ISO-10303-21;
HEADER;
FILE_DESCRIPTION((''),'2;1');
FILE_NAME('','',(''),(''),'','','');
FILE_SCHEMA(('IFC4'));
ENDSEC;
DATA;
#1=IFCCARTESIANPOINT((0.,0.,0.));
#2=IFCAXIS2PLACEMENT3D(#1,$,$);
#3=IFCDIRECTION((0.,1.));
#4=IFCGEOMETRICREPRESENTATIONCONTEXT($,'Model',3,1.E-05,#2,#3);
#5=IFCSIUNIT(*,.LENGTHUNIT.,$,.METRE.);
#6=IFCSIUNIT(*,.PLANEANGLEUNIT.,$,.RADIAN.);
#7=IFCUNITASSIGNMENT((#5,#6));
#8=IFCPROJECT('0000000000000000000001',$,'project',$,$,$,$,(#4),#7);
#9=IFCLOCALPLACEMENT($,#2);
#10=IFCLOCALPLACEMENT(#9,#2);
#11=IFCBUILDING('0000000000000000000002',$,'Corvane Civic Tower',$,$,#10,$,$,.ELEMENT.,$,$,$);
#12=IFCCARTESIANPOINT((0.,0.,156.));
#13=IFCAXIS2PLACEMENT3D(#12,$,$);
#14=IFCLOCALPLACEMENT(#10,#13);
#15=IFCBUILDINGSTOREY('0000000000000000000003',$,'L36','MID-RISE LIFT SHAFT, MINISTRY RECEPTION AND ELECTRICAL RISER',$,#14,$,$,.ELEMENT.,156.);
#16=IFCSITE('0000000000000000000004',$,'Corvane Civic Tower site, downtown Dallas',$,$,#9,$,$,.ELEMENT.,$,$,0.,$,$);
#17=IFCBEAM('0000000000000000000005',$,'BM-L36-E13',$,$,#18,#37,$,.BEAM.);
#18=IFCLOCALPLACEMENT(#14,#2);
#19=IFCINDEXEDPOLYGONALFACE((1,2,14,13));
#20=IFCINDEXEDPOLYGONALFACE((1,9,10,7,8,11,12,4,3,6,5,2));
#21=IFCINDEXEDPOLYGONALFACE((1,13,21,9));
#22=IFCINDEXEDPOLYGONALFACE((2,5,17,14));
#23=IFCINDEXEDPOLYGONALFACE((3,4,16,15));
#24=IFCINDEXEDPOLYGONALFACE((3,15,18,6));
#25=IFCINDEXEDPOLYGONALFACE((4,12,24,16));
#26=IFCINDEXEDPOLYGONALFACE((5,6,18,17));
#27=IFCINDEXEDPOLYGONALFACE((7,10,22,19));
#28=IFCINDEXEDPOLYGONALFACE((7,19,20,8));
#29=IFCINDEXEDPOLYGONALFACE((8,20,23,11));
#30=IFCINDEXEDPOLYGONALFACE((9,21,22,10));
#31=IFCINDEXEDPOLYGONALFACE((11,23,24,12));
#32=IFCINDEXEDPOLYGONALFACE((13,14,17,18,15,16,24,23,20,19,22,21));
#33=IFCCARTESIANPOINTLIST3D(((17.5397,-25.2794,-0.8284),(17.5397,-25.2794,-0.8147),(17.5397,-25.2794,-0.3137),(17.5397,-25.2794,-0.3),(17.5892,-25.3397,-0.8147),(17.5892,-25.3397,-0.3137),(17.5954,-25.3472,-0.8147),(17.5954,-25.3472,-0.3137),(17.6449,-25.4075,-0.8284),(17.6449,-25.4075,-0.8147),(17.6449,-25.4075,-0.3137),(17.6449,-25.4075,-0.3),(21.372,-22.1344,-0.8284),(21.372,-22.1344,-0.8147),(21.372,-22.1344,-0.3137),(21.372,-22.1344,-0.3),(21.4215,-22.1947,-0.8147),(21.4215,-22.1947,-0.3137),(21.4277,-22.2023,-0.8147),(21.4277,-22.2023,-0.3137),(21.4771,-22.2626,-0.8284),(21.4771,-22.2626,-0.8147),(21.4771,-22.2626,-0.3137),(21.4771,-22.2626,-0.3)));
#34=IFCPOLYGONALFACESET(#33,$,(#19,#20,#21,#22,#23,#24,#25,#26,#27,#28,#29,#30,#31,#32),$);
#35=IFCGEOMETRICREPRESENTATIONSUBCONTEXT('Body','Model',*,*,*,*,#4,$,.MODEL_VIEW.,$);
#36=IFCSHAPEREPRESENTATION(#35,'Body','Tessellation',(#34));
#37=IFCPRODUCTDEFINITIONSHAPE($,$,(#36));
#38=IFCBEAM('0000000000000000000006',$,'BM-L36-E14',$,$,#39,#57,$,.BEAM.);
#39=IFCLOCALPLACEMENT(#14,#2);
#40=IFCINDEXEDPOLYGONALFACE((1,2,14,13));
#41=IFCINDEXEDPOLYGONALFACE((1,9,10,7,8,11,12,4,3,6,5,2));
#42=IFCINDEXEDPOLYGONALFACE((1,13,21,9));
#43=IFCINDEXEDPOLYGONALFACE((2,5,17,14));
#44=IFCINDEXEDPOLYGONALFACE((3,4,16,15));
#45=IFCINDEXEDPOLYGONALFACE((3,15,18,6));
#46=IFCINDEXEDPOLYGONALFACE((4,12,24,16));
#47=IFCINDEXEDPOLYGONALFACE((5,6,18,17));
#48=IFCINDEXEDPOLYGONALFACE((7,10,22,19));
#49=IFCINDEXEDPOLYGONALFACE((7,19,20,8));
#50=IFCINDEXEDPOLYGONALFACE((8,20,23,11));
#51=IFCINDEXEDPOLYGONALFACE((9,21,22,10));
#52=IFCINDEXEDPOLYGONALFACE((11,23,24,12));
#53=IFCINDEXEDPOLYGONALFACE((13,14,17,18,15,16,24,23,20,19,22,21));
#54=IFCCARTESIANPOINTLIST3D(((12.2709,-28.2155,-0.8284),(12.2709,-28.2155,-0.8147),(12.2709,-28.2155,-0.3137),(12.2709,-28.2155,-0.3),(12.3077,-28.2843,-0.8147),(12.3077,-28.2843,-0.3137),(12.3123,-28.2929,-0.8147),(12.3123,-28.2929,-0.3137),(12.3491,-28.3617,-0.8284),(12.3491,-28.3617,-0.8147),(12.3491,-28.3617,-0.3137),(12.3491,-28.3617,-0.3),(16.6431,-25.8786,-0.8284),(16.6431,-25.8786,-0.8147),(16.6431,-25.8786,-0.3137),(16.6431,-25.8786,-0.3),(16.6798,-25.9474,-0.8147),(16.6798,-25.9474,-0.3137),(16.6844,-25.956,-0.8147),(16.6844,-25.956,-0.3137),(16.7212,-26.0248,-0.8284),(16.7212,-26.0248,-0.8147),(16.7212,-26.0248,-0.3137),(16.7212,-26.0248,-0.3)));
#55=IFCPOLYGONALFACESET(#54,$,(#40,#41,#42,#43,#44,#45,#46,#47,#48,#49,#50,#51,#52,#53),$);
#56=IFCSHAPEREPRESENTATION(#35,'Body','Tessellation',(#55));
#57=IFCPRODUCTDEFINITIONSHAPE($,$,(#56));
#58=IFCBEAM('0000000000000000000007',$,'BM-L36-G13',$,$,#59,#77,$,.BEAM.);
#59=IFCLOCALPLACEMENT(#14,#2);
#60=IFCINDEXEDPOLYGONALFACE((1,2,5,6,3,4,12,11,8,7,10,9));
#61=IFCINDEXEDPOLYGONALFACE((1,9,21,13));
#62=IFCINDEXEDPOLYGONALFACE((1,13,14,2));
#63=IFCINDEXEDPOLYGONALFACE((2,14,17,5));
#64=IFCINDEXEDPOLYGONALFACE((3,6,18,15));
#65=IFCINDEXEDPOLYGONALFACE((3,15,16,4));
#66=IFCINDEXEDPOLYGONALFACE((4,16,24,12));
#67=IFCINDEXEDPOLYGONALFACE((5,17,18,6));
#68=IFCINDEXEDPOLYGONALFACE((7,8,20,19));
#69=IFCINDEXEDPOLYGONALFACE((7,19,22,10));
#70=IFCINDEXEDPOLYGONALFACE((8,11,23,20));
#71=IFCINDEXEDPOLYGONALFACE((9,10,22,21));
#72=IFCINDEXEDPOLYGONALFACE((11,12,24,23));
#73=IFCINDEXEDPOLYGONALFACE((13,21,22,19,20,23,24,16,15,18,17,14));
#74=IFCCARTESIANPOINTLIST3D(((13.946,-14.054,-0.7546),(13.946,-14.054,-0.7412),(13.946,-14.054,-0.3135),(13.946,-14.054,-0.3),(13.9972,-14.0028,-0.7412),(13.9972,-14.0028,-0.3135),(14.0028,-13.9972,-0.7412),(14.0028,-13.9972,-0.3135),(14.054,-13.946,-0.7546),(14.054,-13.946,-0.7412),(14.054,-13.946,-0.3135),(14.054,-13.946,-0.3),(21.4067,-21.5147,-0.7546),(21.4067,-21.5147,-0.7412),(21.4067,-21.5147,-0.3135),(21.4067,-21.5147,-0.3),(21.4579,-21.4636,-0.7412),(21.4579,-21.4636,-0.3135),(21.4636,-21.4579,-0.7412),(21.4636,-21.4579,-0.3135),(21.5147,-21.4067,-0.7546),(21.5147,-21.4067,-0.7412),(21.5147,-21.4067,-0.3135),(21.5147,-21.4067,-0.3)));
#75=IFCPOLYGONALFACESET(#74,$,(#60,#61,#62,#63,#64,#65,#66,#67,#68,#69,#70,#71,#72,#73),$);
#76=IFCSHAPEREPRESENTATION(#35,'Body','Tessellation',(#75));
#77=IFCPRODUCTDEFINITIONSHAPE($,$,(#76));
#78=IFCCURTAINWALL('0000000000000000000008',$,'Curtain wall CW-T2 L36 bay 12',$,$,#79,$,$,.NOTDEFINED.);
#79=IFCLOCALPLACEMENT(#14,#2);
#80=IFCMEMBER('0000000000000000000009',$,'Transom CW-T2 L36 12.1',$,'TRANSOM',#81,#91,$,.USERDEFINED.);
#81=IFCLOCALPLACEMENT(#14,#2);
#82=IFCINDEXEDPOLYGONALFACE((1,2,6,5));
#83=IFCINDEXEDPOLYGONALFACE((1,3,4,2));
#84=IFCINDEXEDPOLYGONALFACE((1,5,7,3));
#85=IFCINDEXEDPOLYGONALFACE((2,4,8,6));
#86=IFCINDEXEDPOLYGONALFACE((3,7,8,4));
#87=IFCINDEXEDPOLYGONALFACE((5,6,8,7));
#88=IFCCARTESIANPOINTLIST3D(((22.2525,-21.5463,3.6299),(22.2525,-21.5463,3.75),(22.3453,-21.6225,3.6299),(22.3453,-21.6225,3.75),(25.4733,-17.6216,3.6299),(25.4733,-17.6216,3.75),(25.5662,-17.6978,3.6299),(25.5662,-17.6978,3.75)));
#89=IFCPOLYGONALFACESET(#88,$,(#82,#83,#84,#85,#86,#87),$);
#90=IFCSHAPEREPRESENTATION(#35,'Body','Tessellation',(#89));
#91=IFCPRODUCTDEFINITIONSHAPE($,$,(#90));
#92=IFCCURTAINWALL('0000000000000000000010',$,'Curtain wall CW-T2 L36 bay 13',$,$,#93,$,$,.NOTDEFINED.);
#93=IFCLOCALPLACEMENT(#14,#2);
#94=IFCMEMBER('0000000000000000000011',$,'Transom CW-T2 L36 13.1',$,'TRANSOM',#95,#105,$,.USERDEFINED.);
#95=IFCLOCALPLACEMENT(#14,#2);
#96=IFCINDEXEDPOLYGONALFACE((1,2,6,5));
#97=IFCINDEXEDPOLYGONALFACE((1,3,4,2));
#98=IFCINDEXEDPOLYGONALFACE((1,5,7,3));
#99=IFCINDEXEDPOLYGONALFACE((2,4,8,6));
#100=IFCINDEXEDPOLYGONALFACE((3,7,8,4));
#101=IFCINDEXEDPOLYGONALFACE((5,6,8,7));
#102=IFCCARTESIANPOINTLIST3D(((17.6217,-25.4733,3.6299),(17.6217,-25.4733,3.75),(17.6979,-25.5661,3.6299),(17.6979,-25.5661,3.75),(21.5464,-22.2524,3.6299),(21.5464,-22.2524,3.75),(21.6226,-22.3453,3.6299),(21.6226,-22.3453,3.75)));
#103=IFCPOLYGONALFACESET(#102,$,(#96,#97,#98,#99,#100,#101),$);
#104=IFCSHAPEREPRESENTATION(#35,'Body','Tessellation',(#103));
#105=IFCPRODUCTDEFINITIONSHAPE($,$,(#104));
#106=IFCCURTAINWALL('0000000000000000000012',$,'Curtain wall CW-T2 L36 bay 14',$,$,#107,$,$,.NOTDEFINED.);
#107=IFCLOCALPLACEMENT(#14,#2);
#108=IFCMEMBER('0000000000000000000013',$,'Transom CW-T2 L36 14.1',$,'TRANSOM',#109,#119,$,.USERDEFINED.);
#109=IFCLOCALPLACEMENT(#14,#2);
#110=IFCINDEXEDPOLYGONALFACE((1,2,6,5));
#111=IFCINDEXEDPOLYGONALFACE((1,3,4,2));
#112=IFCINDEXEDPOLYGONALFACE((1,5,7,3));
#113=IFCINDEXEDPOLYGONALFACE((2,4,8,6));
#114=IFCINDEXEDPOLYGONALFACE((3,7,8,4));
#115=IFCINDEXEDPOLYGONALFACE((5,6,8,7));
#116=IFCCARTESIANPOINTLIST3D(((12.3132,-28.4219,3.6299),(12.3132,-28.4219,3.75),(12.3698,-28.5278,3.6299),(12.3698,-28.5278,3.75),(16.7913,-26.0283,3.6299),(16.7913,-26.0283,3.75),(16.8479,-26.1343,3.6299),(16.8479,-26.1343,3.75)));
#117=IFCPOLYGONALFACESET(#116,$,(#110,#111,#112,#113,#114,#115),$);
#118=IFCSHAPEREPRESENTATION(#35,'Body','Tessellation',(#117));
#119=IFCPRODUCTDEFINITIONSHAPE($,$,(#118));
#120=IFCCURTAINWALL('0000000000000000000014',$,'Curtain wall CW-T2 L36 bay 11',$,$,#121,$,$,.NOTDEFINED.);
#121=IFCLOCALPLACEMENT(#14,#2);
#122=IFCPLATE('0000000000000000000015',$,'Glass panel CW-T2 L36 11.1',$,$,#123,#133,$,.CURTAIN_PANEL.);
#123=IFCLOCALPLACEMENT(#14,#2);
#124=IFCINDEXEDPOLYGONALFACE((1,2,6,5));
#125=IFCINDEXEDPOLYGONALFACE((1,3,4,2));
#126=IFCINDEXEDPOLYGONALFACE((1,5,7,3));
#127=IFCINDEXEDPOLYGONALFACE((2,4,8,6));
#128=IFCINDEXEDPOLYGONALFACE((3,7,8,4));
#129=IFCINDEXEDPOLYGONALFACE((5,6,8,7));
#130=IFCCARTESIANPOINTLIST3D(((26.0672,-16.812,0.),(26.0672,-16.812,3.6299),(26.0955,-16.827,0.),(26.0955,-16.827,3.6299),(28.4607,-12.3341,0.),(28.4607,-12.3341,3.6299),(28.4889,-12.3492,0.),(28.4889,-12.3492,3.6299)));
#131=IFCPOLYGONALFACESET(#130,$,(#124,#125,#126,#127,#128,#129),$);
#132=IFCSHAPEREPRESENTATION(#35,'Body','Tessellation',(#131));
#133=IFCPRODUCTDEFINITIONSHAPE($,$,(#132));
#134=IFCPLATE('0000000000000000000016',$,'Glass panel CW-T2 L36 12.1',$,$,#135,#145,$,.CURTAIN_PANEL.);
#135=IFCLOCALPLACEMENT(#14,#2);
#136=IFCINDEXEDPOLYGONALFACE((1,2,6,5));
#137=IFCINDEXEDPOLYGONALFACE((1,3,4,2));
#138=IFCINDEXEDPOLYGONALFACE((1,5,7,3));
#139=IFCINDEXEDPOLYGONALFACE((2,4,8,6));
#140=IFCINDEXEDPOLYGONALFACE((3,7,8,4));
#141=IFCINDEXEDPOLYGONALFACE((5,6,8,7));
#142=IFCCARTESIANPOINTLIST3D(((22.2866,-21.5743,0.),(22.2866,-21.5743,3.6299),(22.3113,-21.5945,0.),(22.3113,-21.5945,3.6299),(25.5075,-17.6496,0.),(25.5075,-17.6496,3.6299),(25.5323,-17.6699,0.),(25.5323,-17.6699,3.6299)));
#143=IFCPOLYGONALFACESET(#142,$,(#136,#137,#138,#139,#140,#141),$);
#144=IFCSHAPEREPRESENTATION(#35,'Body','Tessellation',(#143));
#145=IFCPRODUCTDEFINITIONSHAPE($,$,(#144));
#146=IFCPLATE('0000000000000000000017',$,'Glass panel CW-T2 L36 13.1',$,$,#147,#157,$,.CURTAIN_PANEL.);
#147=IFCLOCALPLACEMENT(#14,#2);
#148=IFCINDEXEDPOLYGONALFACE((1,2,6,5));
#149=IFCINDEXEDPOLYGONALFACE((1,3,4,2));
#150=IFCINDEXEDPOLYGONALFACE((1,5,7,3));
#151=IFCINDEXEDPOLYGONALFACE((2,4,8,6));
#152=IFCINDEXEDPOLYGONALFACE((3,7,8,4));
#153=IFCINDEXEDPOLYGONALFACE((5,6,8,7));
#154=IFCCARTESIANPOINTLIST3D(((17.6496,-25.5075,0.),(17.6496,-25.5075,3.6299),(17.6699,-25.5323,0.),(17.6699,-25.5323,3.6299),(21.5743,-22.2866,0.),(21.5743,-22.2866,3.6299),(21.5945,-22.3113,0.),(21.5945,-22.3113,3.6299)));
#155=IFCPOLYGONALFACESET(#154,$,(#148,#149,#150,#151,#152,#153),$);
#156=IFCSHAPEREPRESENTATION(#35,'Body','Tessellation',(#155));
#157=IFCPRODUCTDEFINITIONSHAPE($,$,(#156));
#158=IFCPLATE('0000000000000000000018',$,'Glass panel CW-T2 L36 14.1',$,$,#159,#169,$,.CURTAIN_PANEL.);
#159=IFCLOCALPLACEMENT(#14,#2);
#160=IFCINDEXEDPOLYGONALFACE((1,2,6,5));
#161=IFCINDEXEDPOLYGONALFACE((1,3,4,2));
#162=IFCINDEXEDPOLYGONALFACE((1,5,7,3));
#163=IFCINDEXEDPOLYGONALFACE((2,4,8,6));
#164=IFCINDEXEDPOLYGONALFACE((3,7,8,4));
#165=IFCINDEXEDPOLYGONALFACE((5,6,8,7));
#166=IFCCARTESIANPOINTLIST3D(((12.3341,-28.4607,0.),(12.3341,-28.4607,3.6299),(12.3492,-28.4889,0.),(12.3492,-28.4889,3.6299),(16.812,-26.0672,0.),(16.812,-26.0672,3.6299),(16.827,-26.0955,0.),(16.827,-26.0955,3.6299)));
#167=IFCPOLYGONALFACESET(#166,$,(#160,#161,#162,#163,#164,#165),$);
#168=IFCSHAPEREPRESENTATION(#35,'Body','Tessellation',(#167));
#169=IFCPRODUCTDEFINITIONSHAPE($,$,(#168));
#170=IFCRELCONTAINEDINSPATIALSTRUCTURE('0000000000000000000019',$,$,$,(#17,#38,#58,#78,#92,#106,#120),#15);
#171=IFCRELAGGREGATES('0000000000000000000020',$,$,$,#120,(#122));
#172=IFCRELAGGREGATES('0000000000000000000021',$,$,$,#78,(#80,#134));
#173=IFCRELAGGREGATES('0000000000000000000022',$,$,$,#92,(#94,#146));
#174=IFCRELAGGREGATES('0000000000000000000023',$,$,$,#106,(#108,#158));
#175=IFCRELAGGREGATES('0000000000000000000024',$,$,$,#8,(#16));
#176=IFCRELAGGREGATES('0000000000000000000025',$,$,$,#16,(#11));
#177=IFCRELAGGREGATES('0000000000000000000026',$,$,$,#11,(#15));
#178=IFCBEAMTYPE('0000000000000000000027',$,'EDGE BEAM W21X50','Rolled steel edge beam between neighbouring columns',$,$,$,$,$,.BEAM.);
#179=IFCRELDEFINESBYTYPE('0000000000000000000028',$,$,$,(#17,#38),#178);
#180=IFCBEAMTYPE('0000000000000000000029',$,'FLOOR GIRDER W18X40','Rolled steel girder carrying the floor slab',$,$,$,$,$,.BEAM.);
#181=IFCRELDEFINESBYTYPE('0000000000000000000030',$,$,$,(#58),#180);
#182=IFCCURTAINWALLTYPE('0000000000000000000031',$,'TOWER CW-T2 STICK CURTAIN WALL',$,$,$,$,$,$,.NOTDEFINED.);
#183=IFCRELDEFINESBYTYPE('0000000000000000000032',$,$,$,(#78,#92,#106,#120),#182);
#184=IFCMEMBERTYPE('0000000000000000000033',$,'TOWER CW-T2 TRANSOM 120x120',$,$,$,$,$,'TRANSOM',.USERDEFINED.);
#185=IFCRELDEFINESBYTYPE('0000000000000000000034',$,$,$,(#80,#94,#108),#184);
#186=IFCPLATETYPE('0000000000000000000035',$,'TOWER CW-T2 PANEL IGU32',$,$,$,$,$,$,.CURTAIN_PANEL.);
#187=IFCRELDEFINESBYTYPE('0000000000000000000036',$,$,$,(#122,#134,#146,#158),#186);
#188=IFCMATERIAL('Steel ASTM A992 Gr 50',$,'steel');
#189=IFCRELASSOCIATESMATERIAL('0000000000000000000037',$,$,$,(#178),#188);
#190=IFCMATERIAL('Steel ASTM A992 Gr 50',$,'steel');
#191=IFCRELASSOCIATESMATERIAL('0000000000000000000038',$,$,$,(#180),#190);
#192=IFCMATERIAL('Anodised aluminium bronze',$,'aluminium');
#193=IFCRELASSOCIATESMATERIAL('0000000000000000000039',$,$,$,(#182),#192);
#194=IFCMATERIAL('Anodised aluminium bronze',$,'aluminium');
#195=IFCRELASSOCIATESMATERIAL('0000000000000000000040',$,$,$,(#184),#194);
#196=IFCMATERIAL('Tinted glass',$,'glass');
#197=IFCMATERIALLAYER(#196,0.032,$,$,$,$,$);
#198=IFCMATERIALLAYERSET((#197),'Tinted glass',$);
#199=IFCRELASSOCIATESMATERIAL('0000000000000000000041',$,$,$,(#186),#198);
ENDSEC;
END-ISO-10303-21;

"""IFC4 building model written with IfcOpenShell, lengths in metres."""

from ifc_helpers import new_model, si_unit, direction, frame, origin, origin_2d, place, context, subcontext, project, spatial, rectangle, i_section, extrude, material, layer, layer_set, material_profile, profile_set, type_object, element, aggregate, save


model = new_model("IFC4")

# Units and contexts
model_context = context("Model", 3, precision=1e-05, world=origin(), true_north=direction((0.0, 1.0)))
body_context = subcontext(model_context, "Body", "Model", "MODEL_VIEW")
ifc_project = project(units=[si_unit("LENGTHUNIT", "METRE"), si_unit("PLANEANGLEUNIT", "RADIAN")], contexts=[model_context])

# Site, building, storey
site_placement = place(None, origin())
site = spatial("IfcSite", under=ifc_project, at=site_placement, Name="Corvane Civic Tower site, downtown Dallas", CompositionType="ELEMENT", RefElevation=0.0)
building_placement = place(site_placement, origin())
building = spatial("IfcBuilding", under=site, at=building_placement, Name="Corvane Civic Tower", CompositionType="ELEMENT")
storey_placement = place(building_placement, frame((0.0, 0.0, 156.0)))
storey = spatial("IfcBuildingStorey", under=building, at=storey_placement, Name="L36", Description="MID-RISE LIFT SHAFT, MINISTRY RECEPTION AND ELECTRICAL RISER", CompositionType="ELEMENT", Elevation=156.0)

# Beams
ifc_material_1 = material(Name="Steel ASTM A992 Gr 50", Category="steel")
ifc_material_profile_1 = material_profile(ifc_material_1, i_section(OverallWidth=0.1658, OverallDepth=0.5283, WebThickness=0.0098, FlangeThickness=0.0137, at=origin_2d()), Name="W21X50")
ifc_profile_set_1 = profile_set([ifc_material_profile_1], Name="Steel ASTM A992 Gr 50")
beam_type_1 = type_object("IfcBeamType", Name="EDGE BEAM W21X50", Description="Rolled steel edge beam between neighbouring columns", PredefinedType="BEAM", material=ifc_profile_set_1)
for number, where, z_axis, x_axis, name in (
    (1, (21.4246, -22.1985, -0.5642), (-0.773015, -0.634388, 0.0), (0.634388, -0.773015, 0.0), "BM-L36-E13"),
    (2, (16.6821, -25.9517, -0.5642), (-0.881922, -0.471396, 0.0), (0.471396, -0.881922, 0.0), "BM-L36-E14"),
):
    element("IfcBeam", number, at=place(storey_placement, frame(where, z_axis=z_axis, x_axis=x_axis)), inside=storey, type_object=beam_type_1, Name=name, PredefinedType="BEAM", context=body_context, shape_type="SweptSolid", body=[
        extrude(i_section(OverallWidth=0.1658, OverallDepth=0.5283, WebThickness=0.0098, FlangeThickness=0.0137, at=origin_2d()), origin(), (0.0, 0.0, 1.0), 4.9575),
    ])
ifc_material_2 = material(Name="Steel ASTM A992 Gr 50", Category="steel")
ifc_material_profile_2 = material_profile(ifc_material_2, i_section(OverallWidth=0.1528, OverallDepth=0.4546, WebThickness=0.0081, FlangeThickness=0.0134, at=origin_2d()), Name="W18X40")
ifc_profile_set_2 = profile_set([ifc_material_profile_2], Name="Steel ASTM A992 Gr 50")
beam_type_2 = type_object("IfcBeamType", Name="FLOOR GIRDER W18X40", Description="Rolled steel girder carrying the floor slab", PredefinedType="BEAM", material=ifc_profile_set_2)
beam_placement = place(storey_placement, frame((14.0, -14.0, -0.5273), z_axis=(0.707107, -0.707107, 0.0), x_axis=(0.707107, 0.707107, 0.0)))
element("IfcBeam", 3, at=beam_placement, inside=storey, type_object=beam_type_2, Name="BM-L36-G13", PredefinedType="BEAM", context=body_context, shape_type="SweptSolid", body=[
    extrude(i_section(OverallWidth=0.1528, OverallDepth=0.4546, WebThickness=0.0081, FlangeThickness=0.0134, at=origin_2d()), origin(), (0.0, 0.0, 1.0), 10.551),
])

# Curtain walls, members
ifc_material_3 = material(Name="Anodised aluminium bronze", Category="aluminium")
curtain_wall_type = type_object("IfcCurtainWallType", Name="TOWER CW-T2 STICK CURTAIN WALL", PredefinedType="NOTDEFINED", material=ifc_material_3)
curtain_wall_1_placement = place(storey_placement, origin())
curtain_wall_1 = element("IfcCurtainWall", 4, at=curtain_wall_1_placement, inside=storey, type_object=curtain_wall_type, Name="Curtain wall CW-T2 L36 bay 12", PredefinedType="NOTDEFINED")
ifc_material_4 = material(Name="Anodised aluminium bronze", Category="aluminium")
ifc_material_profile_3 = material_profile(ifc_material_4, rectangle(XDim=0.1201, YDim=0.1201, at=origin_2d()), Name="TOWER CW-T2 TRANSOM 120x120")
ifc_profile_set_3 = profile_set([ifc_material_profile_3], Name="Anodised aluminium bronze")
member_type = type_object("IfcMemberType", Name="TOWER CW-T2 TRANSOM 120x120", ElementType="TRANSOM", PredefinedType="USERDEFINED", material=ifc_profile_set_3)
member_1_placement = place(storey_placement, frame((25.5198, -17.6597, 3.6899), z_axis=(-0.634387, -0.773016, 0.0), x_axis=(0.773016, -0.634387, 0.0)))
member_1 = element("IfcMember", 5, at=member_1_placement, type_object=member_type, Name="Transom CW-T2 L36 12.1", ObjectType="TRANSOM", PredefinedType="USERDEFINED", context=body_context, shape_type="SweptSolid", body=[
    extrude(rectangle(XDim=0.1201, YDim=0.1201, at=origin_2d()), origin(), (0.0, 0.0, 1.0), 5.0771),
])
curtain_wall_2_placement = place(storey_placement, origin())
curtain_wall_2 = element("IfcCurtainWall", 6, at=curtain_wall_2_placement, inside=storey, type_object=curtain_wall_type, Name="Curtain wall CW-T2 L36 bay 13", PredefinedType="NOTDEFINED")
member_2_placement = place(storey_placement, frame((21.5845, -22.2988, 3.6899), z_axis=(-0.773016, -0.634387, 0.0), x_axis=(0.634387, -0.773016, 0.0)))
member_2 = element("IfcMember", 7, at=member_2_placement, type_object=member_type, Name="Transom CW-T2 L36 13.1", ObjectType="TRANSOM", PredefinedType="USERDEFINED", context=body_context, shape_type="SweptSolid", body=[
    extrude(rectangle(XDim=0.1201, YDim=0.1201, at=origin_2d()), origin(), (0.0, 0.0, 1.0), 5.0771),
])
curtain_wall_3_placement = place(storey_placement, origin())
curtain_wall_3 = element("IfcCurtainWall", 8, at=curtain_wall_3_placement, inside=storey, type_object=curtain_wall_type, Name="Curtain wall CW-T2 L36 bay 14", PredefinedType="NOTDEFINED")
member_3_placement = place(storey_placement, frame((16.8196, -26.0813, 3.6899), z_axis=(-0.881921, -0.471397, 0.0), x_axis=(0.471397, -0.881921, 0.0)))
member_3 = element("IfcMember", 9, at=member_3_placement, type_object=member_type, Name="Transom CW-T2 L36 14.1", ObjectType="TRANSOM", PredefinedType="USERDEFINED", context=body_context, shape_type="SweptSolid", body=[
    extrude(rectangle(XDim=0.1201, YDim=0.1201, at=origin_2d()), origin(), (0.0, 0.0, 1.0), 5.0776),
])

# Curtain wall, plate
curtain_wall_4_placement = place(storey_placement, origin())
curtain_wall_4 = element("IfcCurtainWall", 10, at=curtain_wall_4_placement, inside=storey, type_object=curtain_wall_type, Name="Curtain wall CW-T2 L36 bay 11", PredefinedType="NOTDEFINED")
ifc_material_5 = material(Name="Tinted glass", Category="glass")
ifc_layer_1 = layer(ifc_material_5, 0.032)
ifc_layer_set_1 = layer_set([ifc_layer_1], Name="Tinted glass")
plate_type = type_object("IfcPlateType", Name="TOWER CW-T2 PANEL IGU32", PredefinedType="CURTAIN_PANEL", material=ifc_layer_set_1)
plate_1_placement = place(storey_placement, frame((27.2781, -14.5806, 0.0), z_axis=(0.0, 0.0, 1.0), x_axis=(-0.471395, -0.881922, 0.0)))
plate_1 = element("IfcPlate", 11, at=plate_1_placement, type_object=plate_type, Name="Glass panel CW-T2 L36 11.1", PredefinedType="CURTAIN_PANEL", context=body_context, shape_type="SweptSolid", body=[
    extrude(rectangle(XDim=5.0774, YDim=0.032, at=origin_2d()), origin(), (0.0, 0.0, 1.0), 3.6299),
])
aggregate(curtain_wall_4, [plate_1])

# Plates
plate_2_placement = place(storey_placement, frame((23.9094, -19.6221, 0.0), z_axis=(0.0, 0.0, 1.0), x_axis=(-0.6344, -0.773005, 0.0)))
plate_2 = element("IfcPlate", 12, at=plate_2_placement, type_object=plate_type, Name="Glass panel CW-T2 L36 12.1", PredefinedType="CURTAIN_PANEL", context=body_context, shape_type="SweptSolid", body=[
    extrude(rectangle(XDim=5.0771, YDim=0.032, at=origin_2d()), origin(), (0.0, 0.0, 1.0), 3.6299),
])
aggregate(curtain_wall_1, [member_1, plate_2])
plate_3_placement = place(storey_placement, frame((19.6221, -23.9094, 0.0), z_axis=(0.0, 0.0, 1.0), x_axis=(-0.773005, -0.6344, 0.0)))
plate_3 = element("IfcPlate", 13, at=plate_3_placement, type_object=plate_type, Name="Glass panel CW-T2 L36 13.1", PredefinedType="CURTAIN_PANEL", context=body_context, shape_type="SweptSolid", body=[
    extrude(rectangle(XDim=5.0771, YDim=0.032, at=origin_2d()), origin(), (0.0, 0.0, 1.0), 3.6299),
])
aggregate(curtain_wall_2, [member_2, plate_3])
plate_4_placement = place(storey_placement, frame((14.5806, -27.2781, 0.0), z_axis=(0.0, 0.0, 1.0), x_axis=(-0.881922, -0.471395, 0.0)))
plate_4 = element("IfcPlate", 14, at=plate_4_placement, type_object=plate_type, Name="Glass panel CW-T2 L36 14.1", PredefinedType="CURTAIN_PANEL", context=body_context, shape_type="SweptSolid", body=[
    extrude(rectangle(XDim=5.0774, YDim=0.032, at=origin_2d()), origin(), (0.0, 0.0, 1.0), 3.6299),
])
aggregate(curtain_wall_3, [member_3, plate_4])

save(model, "model.ifc")
